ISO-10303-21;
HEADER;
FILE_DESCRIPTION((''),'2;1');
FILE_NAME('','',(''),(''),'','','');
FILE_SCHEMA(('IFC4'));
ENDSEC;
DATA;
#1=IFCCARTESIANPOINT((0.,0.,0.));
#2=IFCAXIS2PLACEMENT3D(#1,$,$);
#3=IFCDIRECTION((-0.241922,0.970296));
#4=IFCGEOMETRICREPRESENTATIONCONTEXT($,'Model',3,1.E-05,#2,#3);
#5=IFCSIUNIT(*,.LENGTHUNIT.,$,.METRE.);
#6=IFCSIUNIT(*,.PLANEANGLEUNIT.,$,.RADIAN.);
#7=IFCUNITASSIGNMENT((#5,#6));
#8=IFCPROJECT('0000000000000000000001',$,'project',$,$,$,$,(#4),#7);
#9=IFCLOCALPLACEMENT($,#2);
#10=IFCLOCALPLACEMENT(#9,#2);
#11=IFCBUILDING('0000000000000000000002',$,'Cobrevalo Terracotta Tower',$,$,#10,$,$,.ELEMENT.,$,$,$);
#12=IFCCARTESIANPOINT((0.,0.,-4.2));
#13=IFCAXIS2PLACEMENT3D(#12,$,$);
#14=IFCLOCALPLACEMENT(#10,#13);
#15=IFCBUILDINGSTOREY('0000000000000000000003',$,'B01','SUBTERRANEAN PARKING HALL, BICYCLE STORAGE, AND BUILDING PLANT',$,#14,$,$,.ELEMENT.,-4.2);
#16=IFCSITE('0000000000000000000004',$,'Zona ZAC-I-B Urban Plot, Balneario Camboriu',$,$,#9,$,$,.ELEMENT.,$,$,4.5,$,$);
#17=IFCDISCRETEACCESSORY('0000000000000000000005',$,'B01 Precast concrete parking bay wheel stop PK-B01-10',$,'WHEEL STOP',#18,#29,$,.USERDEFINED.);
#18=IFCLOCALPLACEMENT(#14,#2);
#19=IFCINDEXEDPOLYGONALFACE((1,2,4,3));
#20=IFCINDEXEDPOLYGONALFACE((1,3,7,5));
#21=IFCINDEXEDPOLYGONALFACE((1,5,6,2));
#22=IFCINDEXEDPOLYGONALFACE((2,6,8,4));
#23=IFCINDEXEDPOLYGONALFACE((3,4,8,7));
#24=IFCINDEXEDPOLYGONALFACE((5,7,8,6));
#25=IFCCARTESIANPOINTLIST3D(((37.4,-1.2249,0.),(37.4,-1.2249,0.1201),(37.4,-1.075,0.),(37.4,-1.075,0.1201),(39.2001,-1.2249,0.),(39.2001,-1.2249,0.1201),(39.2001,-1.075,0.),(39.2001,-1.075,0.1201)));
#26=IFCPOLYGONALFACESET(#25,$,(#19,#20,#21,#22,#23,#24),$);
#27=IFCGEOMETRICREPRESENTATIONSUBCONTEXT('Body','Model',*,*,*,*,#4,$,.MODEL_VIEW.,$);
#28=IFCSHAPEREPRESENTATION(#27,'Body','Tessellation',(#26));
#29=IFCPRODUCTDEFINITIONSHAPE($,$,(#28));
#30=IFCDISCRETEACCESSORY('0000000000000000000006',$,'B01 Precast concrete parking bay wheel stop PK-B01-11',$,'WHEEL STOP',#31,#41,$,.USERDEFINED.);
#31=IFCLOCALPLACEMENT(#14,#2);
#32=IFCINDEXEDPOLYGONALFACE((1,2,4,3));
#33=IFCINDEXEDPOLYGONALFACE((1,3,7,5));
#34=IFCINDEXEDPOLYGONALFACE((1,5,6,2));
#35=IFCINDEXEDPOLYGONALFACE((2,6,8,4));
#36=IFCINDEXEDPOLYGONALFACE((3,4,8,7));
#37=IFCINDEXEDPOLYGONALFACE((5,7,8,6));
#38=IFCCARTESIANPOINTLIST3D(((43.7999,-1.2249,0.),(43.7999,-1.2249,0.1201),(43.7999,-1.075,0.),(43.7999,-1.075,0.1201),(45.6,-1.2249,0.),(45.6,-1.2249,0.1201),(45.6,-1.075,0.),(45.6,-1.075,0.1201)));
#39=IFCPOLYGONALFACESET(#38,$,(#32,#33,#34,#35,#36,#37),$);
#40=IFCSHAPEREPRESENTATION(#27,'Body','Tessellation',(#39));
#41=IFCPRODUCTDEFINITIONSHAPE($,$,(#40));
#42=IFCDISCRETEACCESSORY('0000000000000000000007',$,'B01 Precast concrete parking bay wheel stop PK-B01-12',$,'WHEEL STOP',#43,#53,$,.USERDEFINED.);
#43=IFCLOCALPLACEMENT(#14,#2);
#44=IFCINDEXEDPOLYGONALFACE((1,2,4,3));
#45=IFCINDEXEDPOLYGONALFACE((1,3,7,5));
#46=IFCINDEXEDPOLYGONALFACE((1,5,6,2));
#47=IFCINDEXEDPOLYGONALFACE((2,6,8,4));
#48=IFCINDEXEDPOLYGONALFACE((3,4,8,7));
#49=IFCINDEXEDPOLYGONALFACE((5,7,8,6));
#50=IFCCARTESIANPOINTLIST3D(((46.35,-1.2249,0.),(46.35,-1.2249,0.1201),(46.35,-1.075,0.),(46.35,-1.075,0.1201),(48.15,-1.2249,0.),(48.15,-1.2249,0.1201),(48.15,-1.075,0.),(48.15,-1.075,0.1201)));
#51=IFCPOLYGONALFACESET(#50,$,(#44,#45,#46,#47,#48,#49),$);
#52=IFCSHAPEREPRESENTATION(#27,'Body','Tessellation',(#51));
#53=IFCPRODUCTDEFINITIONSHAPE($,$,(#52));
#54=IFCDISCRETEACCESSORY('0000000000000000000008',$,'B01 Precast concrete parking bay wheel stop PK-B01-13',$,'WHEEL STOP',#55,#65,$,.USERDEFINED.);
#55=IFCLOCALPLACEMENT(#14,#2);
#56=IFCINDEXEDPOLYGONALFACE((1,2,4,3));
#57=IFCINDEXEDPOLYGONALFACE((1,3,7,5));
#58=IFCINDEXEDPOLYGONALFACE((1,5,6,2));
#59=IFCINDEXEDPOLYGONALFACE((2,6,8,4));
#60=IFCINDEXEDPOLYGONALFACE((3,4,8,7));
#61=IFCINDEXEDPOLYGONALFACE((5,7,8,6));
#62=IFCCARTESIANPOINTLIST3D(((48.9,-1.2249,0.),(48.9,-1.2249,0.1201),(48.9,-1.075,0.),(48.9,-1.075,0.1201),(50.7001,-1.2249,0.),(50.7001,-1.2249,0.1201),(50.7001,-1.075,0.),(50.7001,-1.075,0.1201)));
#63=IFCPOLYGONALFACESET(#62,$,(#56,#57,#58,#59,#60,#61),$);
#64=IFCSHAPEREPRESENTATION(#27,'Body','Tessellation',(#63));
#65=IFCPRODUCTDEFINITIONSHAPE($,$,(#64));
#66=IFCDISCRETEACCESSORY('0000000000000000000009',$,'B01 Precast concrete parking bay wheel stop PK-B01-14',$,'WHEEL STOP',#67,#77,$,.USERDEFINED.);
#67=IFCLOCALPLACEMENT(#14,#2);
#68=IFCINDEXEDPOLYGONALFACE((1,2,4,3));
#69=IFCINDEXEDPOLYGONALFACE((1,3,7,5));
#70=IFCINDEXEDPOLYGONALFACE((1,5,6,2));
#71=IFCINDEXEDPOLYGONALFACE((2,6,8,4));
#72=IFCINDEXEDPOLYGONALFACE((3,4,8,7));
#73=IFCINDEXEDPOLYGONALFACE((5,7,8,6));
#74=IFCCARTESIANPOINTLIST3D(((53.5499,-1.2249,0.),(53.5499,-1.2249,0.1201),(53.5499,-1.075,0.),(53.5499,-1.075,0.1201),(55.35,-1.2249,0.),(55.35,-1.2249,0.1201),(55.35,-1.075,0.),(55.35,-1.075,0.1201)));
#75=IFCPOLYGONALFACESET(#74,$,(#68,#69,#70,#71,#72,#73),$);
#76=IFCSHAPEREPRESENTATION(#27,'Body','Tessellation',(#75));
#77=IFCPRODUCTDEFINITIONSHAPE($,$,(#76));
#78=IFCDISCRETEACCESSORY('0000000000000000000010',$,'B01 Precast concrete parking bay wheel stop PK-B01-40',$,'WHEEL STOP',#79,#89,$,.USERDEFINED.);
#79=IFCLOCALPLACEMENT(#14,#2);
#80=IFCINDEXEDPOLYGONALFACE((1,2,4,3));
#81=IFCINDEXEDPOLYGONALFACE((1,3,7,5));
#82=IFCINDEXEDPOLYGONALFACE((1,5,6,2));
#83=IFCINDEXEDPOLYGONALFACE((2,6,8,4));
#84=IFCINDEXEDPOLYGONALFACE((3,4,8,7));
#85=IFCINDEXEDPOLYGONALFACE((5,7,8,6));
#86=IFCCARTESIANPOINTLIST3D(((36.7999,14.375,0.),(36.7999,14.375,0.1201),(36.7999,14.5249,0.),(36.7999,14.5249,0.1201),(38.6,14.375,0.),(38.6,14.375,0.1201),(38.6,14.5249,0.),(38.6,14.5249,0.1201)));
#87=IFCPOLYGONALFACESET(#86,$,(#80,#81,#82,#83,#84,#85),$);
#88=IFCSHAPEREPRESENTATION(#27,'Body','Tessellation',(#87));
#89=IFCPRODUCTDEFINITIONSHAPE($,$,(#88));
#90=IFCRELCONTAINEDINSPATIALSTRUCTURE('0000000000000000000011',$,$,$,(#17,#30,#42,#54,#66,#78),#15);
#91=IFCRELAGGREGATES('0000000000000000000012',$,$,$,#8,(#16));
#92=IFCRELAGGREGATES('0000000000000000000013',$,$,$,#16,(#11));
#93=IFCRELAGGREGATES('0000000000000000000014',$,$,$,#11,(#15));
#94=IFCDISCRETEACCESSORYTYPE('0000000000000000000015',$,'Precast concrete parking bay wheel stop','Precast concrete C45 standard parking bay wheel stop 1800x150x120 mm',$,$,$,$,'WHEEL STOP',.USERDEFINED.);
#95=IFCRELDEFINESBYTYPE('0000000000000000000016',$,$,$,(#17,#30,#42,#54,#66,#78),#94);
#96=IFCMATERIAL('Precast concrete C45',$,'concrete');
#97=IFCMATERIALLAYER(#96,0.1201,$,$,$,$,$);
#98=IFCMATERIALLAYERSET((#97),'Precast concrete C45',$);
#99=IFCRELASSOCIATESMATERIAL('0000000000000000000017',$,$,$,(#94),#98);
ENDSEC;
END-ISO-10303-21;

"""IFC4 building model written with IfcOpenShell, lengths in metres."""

from ifc_helpers import new_model, si_unit, direction, frame, origin, origin_2d, place, context, subcontext, project, spatial, rectangle, extrude, source, transform, mapped, material, layer, layer_set, type_object, element, save


model = new_model("IFC4")

# Units and contexts
model_context = context("Model", 3, precision=1e-05, world=origin(), true_north=direction((-0.241922, 0.970296)))
body_context = subcontext(model_context, "Body", "Model", "MODEL_VIEW")
ifc_project = project(units=[si_unit("LENGTHUNIT", "METRE"), si_unit("PLANEANGLEUNIT", "RADIAN")], contexts=[model_context])

# Site, building, storey
site_placement = place(None, origin())
site = spatial("IfcSite", under=ifc_project, at=site_placement, Name="Zona ZAC-I-B Urban Plot, Balneario Camboriu", CompositionType="ELEMENT", RefElevation=4.5)
building_placement = place(site_placement, origin())
building = spatial("IfcBuilding", under=site, at=building_placement, Name="Cobrevalo Terracotta Tower", CompositionType="ELEMENT")
storey_placement = place(building_placement, frame((0.0, 0.0, -4.2)))
storey = spatial("IfcBuildingStorey", under=building, at=storey_placement, Name="B01", Description="SUBTERRANEAN PARKING HALL, BICYCLE STORAGE, AND BUILDING PLANT", CompositionType="ELEMENT", Elevation=-4.2)

# Discrete accessories
ifc_material_1 = material(Name="Precast concrete C45", Category="concrete")
ifc_layer = layer(ifc_material_1, 0.1201)
ifc_layer_set = layer_set([ifc_layer], Name="Precast concrete C45")
discrete_accessory_type = type_object("IfcDiscreteAccessoryType", Name="Precast concrete parking bay wheel stop", Description="Precast concrete C45 standard parking bay wheel stop 1800x150x120 mm", ElementType="WHEEL STOP", PredefinedType="USERDEFINED", material=ifc_layer_set)
shared_shape = source(origin(), body_context, "Body", "SweptSolid", [
    extrude(rectangle(XDim=1.8, YDim=0.1499, at=origin_2d()), origin(), (0.0, 0.0, 1.0), 0.1201),
])
for number, where, z_axis, x_axis, name in (
    (1, (38.3, -1.1499, 0.0), (0.0, 0.0, 1.0), (1.0, 0.0, 0.0), "B01 Precast concrete parking bay wheel stop PK-B01-10"),
    (2, (44.7, -1.1499, 0.0), (0.0, 0.0, 1.0), (1.0, 0.0, 0.0), "B01 Precast concrete parking bay wheel stop PK-B01-11"),
    (3, (47.25, -1.1499, 0.0), (0.0, 0.0, 1.0), (1.0, 0.0, 0.0), "B01 Precast concrete parking bay wheel stop PK-B01-12"),
    (4, (49.8, -1.1499, 0.0), (0.0, 0.0, 1.0), (1.0, 0.0, 0.0), "B01 Precast concrete parking bay wheel stop PK-B01-13"),
    (5, (54.45, -1.1499, 0.0), (0.0, 0.0, 1.0), (1.0, 0.0, 0.0), "B01 Precast concrete parking bay wheel stop PK-B01-14"),
    (6, (37.7, 14.45, 0.0), (0.0, 0.0, 1.0), (1.0, 0.0, 0.0), "B01 Precast concrete parking bay wheel stop PK-B01-40"),
):
    element("IfcDiscreteAccessory", number, at=place(storey_placement, frame(where, z_axis=z_axis, x_axis=x_axis)), inside=storey, type_object=discrete_accessory_type, Name=name, ObjectType="WHEEL STOP", PredefinedType="USERDEFINED", context=body_context, shape_type="MappedRepresentation", body=[
        mapped(shared_shape, transform((0.0, 0.0, 0.0), scale=1.0)),
    ])

save(model, "model.ifc")
